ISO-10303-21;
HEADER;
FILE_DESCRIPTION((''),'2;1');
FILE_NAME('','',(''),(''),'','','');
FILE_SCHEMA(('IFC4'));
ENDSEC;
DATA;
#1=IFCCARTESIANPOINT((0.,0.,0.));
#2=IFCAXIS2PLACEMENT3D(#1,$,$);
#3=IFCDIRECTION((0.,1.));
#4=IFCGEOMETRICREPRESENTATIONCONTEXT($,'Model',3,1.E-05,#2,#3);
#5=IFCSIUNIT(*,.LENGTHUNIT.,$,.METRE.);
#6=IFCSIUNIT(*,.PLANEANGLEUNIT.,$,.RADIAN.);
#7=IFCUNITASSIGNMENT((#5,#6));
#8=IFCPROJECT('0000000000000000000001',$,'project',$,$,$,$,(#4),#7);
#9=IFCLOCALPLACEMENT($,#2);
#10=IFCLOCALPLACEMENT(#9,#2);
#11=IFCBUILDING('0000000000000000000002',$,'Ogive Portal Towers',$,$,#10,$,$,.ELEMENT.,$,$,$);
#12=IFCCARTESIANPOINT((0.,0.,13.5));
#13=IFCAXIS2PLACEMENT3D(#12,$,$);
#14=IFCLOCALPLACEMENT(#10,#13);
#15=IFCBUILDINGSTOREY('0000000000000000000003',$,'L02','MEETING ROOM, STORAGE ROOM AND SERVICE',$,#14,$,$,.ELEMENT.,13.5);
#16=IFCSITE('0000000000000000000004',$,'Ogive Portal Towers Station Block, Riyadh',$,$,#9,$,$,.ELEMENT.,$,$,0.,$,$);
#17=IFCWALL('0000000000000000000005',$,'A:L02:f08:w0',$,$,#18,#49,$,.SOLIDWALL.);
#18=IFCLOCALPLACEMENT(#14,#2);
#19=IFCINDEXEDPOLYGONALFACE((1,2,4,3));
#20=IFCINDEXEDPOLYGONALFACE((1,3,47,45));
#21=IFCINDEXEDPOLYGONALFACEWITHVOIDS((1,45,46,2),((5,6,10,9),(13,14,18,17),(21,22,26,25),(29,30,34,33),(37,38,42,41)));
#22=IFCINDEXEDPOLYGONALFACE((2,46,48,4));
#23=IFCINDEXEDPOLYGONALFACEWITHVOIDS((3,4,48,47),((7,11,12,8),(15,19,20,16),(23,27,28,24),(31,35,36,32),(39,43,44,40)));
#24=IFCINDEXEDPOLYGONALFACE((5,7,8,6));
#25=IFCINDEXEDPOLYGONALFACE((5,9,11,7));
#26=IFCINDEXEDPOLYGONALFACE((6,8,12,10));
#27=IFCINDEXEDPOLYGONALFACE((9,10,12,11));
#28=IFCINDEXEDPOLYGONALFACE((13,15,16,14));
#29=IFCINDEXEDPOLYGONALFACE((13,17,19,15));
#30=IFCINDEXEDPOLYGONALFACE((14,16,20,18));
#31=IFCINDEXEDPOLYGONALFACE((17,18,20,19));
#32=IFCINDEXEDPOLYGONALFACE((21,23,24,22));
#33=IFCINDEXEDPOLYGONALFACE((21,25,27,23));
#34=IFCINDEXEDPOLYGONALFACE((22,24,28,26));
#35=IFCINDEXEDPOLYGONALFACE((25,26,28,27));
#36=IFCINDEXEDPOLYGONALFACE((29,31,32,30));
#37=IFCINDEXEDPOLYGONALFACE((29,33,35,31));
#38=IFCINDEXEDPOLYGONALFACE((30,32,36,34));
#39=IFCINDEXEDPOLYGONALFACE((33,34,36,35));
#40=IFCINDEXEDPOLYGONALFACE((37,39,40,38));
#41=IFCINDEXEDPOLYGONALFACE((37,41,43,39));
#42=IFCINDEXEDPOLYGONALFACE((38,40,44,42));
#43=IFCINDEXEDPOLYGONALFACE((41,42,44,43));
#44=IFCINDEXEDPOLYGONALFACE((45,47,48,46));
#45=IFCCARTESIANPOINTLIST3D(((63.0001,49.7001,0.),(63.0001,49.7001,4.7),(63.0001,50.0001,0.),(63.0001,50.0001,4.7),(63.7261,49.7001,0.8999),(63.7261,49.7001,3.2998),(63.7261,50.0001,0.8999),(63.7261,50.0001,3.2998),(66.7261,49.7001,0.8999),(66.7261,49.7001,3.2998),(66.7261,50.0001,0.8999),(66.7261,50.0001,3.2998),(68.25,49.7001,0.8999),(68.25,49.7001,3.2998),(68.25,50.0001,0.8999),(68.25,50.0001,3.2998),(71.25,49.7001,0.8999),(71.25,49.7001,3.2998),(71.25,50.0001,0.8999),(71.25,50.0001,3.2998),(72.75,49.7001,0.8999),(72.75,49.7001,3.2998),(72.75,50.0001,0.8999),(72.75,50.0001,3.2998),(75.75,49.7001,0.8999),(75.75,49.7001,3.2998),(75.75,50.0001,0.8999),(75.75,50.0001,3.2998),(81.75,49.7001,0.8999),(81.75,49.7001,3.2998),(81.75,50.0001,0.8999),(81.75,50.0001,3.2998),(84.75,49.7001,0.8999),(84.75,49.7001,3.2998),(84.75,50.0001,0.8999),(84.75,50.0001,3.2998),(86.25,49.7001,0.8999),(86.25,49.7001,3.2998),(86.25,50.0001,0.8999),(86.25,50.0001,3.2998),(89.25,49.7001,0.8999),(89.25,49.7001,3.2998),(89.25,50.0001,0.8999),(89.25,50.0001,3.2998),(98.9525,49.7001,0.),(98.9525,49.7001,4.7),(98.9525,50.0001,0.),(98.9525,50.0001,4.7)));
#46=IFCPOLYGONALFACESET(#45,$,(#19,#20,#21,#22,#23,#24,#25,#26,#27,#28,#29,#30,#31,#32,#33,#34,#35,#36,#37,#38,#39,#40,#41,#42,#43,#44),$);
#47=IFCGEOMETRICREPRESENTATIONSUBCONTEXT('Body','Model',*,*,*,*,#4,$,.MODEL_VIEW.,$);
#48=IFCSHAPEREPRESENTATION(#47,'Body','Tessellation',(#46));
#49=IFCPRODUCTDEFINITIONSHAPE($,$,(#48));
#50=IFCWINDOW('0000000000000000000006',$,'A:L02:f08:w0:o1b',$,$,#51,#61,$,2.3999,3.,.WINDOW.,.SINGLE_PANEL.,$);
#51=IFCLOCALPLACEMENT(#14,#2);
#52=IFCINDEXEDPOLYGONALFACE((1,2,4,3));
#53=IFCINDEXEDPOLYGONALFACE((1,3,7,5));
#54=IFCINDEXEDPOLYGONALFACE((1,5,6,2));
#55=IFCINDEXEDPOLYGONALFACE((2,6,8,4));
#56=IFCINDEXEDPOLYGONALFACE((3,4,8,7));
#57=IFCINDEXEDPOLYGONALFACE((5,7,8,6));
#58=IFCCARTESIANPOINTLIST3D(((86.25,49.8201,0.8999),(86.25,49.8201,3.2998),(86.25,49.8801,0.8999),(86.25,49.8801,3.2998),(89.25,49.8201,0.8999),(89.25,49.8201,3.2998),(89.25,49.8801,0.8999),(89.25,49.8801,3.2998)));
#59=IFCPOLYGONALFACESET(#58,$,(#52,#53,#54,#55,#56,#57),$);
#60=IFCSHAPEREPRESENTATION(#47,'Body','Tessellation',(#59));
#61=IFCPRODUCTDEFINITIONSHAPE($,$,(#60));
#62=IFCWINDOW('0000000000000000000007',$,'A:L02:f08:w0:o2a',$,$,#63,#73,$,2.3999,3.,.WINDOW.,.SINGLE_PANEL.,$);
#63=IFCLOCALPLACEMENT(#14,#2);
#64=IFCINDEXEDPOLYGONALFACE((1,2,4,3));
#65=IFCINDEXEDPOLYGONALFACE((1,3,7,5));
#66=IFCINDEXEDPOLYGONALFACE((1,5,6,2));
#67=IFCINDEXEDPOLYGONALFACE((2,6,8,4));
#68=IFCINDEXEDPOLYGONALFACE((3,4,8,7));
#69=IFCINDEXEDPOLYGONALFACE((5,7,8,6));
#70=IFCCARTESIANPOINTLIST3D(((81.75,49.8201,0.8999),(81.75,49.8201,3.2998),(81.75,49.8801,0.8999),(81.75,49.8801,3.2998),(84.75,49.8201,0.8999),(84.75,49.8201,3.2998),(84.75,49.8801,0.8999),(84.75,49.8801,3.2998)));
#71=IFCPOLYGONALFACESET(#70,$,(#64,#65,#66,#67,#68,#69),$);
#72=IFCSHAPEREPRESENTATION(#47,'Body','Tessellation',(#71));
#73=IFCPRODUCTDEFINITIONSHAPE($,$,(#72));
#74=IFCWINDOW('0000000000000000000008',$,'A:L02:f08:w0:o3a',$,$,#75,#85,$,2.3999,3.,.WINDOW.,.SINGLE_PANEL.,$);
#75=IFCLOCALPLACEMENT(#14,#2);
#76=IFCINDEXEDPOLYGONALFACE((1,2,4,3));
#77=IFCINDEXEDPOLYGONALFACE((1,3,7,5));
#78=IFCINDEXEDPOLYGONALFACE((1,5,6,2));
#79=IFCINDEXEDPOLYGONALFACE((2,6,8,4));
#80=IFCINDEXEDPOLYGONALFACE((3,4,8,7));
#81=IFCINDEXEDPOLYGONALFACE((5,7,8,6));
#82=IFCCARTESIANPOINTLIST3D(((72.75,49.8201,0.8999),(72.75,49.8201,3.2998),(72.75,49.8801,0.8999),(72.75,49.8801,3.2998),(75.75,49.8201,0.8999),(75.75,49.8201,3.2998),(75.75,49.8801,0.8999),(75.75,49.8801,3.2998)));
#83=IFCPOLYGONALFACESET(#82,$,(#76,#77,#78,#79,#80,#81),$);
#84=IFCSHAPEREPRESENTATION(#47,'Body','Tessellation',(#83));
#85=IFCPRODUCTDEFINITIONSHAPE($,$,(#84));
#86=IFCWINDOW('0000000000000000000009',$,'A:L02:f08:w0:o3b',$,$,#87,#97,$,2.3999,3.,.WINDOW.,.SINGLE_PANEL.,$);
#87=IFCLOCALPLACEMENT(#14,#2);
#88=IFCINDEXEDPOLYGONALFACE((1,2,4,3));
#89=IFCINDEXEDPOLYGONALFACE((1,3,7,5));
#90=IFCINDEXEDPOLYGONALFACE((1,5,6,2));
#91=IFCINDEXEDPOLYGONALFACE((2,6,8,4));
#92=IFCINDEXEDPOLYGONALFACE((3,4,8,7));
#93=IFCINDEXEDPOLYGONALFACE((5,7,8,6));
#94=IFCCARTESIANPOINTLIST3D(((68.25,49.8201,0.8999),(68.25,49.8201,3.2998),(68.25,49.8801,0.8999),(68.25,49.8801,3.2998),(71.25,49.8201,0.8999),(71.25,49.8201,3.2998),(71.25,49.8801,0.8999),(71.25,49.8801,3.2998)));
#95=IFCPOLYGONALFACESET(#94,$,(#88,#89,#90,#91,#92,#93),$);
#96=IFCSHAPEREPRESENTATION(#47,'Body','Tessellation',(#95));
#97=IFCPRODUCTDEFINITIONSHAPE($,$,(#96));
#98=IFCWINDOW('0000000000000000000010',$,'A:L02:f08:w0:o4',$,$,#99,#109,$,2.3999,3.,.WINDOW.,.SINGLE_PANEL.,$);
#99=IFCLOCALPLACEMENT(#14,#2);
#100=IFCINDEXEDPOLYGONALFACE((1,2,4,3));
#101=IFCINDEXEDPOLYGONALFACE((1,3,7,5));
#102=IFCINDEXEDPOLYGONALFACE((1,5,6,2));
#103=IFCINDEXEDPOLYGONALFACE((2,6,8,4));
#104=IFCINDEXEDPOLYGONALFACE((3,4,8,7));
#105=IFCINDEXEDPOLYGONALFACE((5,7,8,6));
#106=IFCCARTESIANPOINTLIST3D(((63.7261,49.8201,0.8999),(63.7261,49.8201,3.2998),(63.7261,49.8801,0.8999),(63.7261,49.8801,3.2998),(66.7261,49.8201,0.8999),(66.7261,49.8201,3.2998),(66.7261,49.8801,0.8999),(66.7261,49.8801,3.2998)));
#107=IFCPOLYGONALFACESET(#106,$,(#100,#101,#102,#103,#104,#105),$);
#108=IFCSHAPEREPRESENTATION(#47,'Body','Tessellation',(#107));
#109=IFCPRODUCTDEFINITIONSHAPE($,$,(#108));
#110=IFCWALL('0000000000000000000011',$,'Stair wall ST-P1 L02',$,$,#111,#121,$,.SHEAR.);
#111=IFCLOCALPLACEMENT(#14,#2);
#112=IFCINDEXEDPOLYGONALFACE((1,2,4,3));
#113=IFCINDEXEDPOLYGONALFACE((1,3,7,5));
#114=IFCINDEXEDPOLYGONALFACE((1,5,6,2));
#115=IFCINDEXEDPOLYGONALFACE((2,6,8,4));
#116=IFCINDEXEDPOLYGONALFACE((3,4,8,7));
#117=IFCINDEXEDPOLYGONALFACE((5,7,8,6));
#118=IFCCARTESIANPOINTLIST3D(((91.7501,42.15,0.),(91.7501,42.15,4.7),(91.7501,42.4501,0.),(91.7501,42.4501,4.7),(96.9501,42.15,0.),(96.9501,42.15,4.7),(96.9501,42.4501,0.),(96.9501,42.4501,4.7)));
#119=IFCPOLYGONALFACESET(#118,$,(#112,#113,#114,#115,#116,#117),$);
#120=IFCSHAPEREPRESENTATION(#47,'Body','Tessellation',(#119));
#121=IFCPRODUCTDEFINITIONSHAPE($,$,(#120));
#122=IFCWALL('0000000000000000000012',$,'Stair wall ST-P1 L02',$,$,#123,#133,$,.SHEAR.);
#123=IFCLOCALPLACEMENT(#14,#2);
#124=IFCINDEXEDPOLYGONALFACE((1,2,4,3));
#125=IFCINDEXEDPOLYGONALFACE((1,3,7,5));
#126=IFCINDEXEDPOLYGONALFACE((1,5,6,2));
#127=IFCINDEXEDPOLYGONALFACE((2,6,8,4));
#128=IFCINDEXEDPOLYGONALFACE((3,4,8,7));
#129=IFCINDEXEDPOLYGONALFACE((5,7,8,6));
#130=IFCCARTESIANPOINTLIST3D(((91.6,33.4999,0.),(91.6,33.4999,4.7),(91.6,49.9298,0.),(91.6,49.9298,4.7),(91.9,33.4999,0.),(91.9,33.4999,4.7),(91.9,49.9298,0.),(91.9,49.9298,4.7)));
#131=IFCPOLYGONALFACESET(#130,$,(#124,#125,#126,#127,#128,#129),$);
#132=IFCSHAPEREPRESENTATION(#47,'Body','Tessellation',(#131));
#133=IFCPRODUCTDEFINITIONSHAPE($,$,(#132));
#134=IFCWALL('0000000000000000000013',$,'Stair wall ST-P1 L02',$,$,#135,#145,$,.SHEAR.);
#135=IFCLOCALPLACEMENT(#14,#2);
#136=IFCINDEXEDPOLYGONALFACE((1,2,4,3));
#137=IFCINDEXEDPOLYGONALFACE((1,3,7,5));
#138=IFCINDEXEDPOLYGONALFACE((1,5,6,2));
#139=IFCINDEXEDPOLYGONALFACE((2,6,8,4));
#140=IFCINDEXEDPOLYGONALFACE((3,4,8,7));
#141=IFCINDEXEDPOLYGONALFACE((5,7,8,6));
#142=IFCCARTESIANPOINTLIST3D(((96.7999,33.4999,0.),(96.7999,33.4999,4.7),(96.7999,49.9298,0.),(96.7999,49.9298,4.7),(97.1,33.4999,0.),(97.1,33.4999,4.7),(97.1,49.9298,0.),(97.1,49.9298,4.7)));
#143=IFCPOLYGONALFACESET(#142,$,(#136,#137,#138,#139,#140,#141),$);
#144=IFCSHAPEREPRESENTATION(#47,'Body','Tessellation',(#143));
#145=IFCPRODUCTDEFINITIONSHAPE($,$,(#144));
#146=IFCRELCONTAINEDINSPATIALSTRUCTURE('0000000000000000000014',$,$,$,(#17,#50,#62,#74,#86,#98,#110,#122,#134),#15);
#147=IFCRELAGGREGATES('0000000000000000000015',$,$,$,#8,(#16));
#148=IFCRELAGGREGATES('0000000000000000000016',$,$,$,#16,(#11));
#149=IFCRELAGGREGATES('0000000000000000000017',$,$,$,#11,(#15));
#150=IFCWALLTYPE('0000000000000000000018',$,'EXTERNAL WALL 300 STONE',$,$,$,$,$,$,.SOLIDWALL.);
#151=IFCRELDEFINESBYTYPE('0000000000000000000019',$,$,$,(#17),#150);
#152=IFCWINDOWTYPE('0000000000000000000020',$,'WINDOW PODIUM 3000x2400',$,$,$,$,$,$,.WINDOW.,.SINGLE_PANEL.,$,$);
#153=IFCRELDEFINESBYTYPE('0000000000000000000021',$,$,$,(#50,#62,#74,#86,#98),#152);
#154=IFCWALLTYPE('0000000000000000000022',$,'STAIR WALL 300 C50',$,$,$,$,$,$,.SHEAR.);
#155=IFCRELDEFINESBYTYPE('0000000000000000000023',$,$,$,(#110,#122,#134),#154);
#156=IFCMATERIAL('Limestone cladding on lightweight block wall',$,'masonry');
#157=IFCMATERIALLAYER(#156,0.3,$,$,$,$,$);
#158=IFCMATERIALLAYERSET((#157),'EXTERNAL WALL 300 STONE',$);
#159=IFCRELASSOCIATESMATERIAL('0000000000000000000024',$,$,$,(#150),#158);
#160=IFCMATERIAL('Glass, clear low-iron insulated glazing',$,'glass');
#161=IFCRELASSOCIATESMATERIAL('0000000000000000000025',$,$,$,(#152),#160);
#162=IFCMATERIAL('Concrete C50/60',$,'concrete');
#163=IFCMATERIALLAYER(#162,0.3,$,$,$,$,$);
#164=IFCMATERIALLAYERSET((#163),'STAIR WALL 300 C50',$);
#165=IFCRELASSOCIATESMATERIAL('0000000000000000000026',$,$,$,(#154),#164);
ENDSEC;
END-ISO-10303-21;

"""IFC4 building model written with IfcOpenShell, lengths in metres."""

from ifc_helpers import new_model, si_unit, direction, frame, frame_2d, origin, place, context, subcontext, project, spatial, rectangle, extrude, material, layer, layer_set, type_object, element, fill, save


model = new_model("IFC4")

# Units and contexts
model_context = context("Model", 3, precision=1e-05, world=origin(), true_north=direction((0.0, 1.0)))
body_context = subcontext(model_context, "Body", "Model", "MODEL_VIEW")
ifc_project = project(units=[si_unit("LENGTHUNIT", "METRE"), si_unit("PLANEANGLEUNIT", "RADIAN")], contexts=[model_context])

# Site, building, storey
site_placement = place(None, origin())
site = spatial("IfcSite", under=ifc_project, at=site_placement, Name="Ogive Portal Towers Station Block, Riyadh", CompositionType="ELEMENT", RefElevation=0.0)
building_placement = place(site_placement, origin())
building = spatial("IfcBuilding", under=site, at=building_placement, Name="Ogive Portal Towers", CompositionType="ELEMENT")
storey_placement = place(building_placement, frame((0.0, 0.0, 13.5)))
storey = spatial("IfcBuildingStorey", under=building, at=storey_placement, Name="L02", Description="MEETING ROOM, STORAGE ROOM AND SERVICE", CompositionType="ELEMENT", Elevation=13.5)

# Shared definitions
ifc_material_1 = material(Name="Concrete C50/60", Category="concrete")

# Wall, openings, windows
ifc_material_2 = material(Name="Limestone cladding on lightweight block wall", Category="masonry")
ifc_layer_1 = layer(ifc_material_2, 0.3)
ifc_layer_set_1 = layer_set([ifc_layer_1], Name="EXTERNAL WALL 300 STONE")
wall_type_1 = type_object("IfcWallType", Name="EXTERNAL WALL 300 STONE", PredefinedType="SOLIDWALL", material=ifc_layer_set_1)
wall_1_placement = place(storey_placement, frame((98.9524, 49.8501, 0.0), z_axis=(0.0, 0.0, 1.0), x_axis=(-1.0, 0.0, 0.0)))
wall_1 = element("IfcWall", 1, at=wall_1_placement, inside=storey, type_object=wall_type_1, Name="A:L02:f08:w0", PredefinedType="SOLIDWALL", context=body_context, shape_type="SweptSolid", body=[
    extrude(rectangle(XDim=35.9524, YDim=0.3, at=frame_2d((17.9761, 0.0))), origin(), (0.0, 0.0, 1.0), 4.7),
])
opening_1_placement = place(wall_1_placement, frame((9.7024, 0.0, 0.8999)))
opening_1 = element("IfcOpeningElement", 2, at=opening_1_placement, cuts=wall_1, PredefinedType="OPENING", context=body_context, shape_type="SweptSolid", body=[
    extrude(rectangle(XDim=3.0, YDim=2.3999, at=frame_2d((1.5, 1.2))), frame((0.0, 0.1602, 0.0), z_axis=(0.0, -1.0, 0.0), x_axis=(1.0, 0.0, 0.0)), (0.0, 0.0, 1.0), 0.3201),
])
opening_2_placement = place(wall_1_placement, frame((14.2024, 0.0, 0.8999)))
opening_2 = element("IfcOpeningElement", 3, at=opening_2_placement, cuts=wall_1, PredefinedType="OPENING", context=body_context, shape_type="SweptSolid", body=[
    extrude(rectangle(XDim=3.0, YDim=2.3999, at=frame_2d((1.5, 1.2))), frame((0.0, 0.1602, 0.0), z_axis=(0.0, -1.0, 0.0), x_axis=(1.0, 0.0, 0.0)), (0.0, 0.0, 1.0), 0.3201),
])
opening_3_placement = place(wall_1_placement, frame((23.2024, 0.0, 0.8999)))
opening_3 = element("IfcOpeningElement", 4, at=opening_3_placement, cuts=wall_1, PredefinedType="OPENING", context=body_context, shape_type="SweptSolid", body=[
    extrude(rectangle(XDim=3.0, YDim=2.3999, at=frame_2d((1.5, 1.2))), frame((0.0, 0.1602, 0.0), z_axis=(0.0, -1.0, 0.0), x_axis=(1.0, 0.0, 0.0)), (0.0, 0.0, 1.0), 0.3201),
])
opening_4_placement = place(wall_1_placement, frame((27.7024, 0.0, 0.8999)))
opening_4 = element("IfcOpeningElement", 5, at=opening_4_placement, cuts=wall_1, PredefinedType="OPENING", context=body_context, shape_type="SweptSolid", body=[
    extrude(rectangle(XDim=3.0, YDim=2.3999, at=frame_2d((1.5, 1.2))), frame((0.0, 0.1602, 0.0), z_axis=(0.0, -1.0, 0.0), x_axis=(1.0, 0.0, 0.0)), (0.0, 0.0, 1.0), 0.3201),
])
opening_5_placement = place(wall_1_placement, frame((32.2263, 0.0, 0.8999)))
opening_5 = element("IfcOpeningElement", 6, at=opening_5_placement, cuts=wall_1, PredefinedType="OPENING", context=body_context, shape_type="SweptSolid", body=[
    extrude(rectangle(XDim=3.0, YDim=2.3999, at=frame_2d((1.5, 1.2))), frame((0.0, 0.1602, 0.0), z_axis=(0.0, -1.0, 0.0), x_axis=(1.0, 0.0, 0.0)), (0.0, 0.0, 1.0), 0.3201),
])
ifc_material_3 = material(Name="Glass, clear low-iron insulated glazing", Category="glass")
window_type = type_object("IfcWindowType", Name="WINDOW PODIUM 3000x2400", PartitioningType="SINGLE_PANEL", PredefinedType="WINDOW", material=ifc_material_3)
window_1_placement = place(opening_1_placement, origin())
window_1 = element("IfcWindow", 7, at=window_1_placement, inside=storey, type_object=window_type, Name="A:L02:f08:w0:o1b", OverallHeight=2.3999, OverallWidth=3.0, PartitioningType="SINGLE_PANEL", PredefinedType="WINDOW", context=body_context, shape_type="SweptSolid", body=[
    extrude(rectangle(XDim=3.0, YDim=2.3999, at=frame_2d((1.5, 1.2))), frame((0.0, 0.03, 0.0), z_axis=(0.0, -1.0, 0.0), x_axis=(1.0, 0.0, 0.0)), (0.0, 0.0, 1.0), 0.0601),
])
fill(opening_1, window_1)
window_2_placement = place(opening_2_placement, origin())
window_2 = element("IfcWindow", 8, at=window_2_placement, inside=storey, type_object=window_type, Name="A:L02:f08:w0:o2a", OverallHeight=2.3999, OverallWidth=3.0, PartitioningType="SINGLE_PANEL", PredefinedType="WINDOW", context=body_context, shape_type="SweptSolid", body=[
    extrude(rectangle(XDim=3.0, YDim=2.3999, at=frame_2d((1.5, 1.2))), frame((0.0, 0.03, 0.0), z_axis=(0.0, -1.0, 0.0), x_axis=(1.0, 0.0, 0.0)), (0.0, 0.0, 1.0), 0.0601),
])
fill(opening_2, window_2)
window_3_placement = place(opening_3_placement, origin())
window_3 = element("IfcWindow", 9, at=window_3_placement, inside=storey, type_object=window_type, Name="A:L02:f08:w0:o3a", OverallHeight=2.3999, OverallWidth=3.0, PartitioningType="SINGLE_PANEL", PredefinedType="WINDOW", context=body_context, shape_type="SweptSolid", body=[
    extrude(rectangle(XDim=3.0, YDim=2.3999, at=frame_2d((1.5, 1.2))), frame((0.0, 0.03, 0.0), z_axis=(0.0, -1.0, 0.0), x_axis=(1.0, 0.0, 0.0)), (0.0, 0.0, 1.0), 0.0601),
])
fill(opening_3, window_3)
window_4_placement = place(opening_4_placement, origin())
window_4 = element("IfcWindow", 10, at=window_4_placement, inside=storey, type_object=window_type, Name="A:L02:f08:w0:o3b", OverallHeight=2.3999, OverallWidth=3.0, PartitioningType="SINGLE_PANEL", PredefinedType="WINDOW", context=body_context, shape_type="SweptSolid", body=[
    extrude(rectangle(XDim=3.0, YDim=2.3999, at=frame_2d((1.5, 1.2))), frame((0.0, 0.03, 0.0), z_axis=(0.0, -1.0, 0.0), x_axis=(1.0, 0.0, 0.0)), (0.0, 0.0, 1.0), 0.0601),
])
fill(opening_4, window_4)
window_5_placement = place(opening_5_placement, origin())
window_5 = element("IfcWindow", 11, at=window_5_placement, inside=storey, type_object=window_type, Name="A:L02:f08:w0:o4", OverallHeight=2.3999, OverallWidth=3.0, PartitioningType="SINGLE_PANEL", PredefinedType="WINDOW", context=body_context, shape_type="SweptSolid", body=[
    extrude(rectangle(XDim=3.0, YDim=2.3999, at=frame_2d((1.5, 1.2))), frame((0.0, 0.03, 0.0), z_axis=(0.0, -1.0, 0.0), x_axis=(1.0, 0.0, 0.0)), (0.0, 0.0, 1.0), 0.0601),
])
fill(opening_5, window_5)

# Walls
ifc_layer_2 = layer(ifc_material_1, 0.3)
ifc_layer_set_2 = layer_set([ifc_layer_2], Name="STAIR WALL 300 C50")
wall_type_2 = type_object("IfcWallType", Name="STAIR WALL 300 C50", PredefinedType="SHEAR", material=ifc_layer_set_2)
wall_2_placement = place(storey_placement, frame((91.75, 42.3, 0.0), z_axis=(0.0, 0.0, 1.0), x_axis=(1.0, 0.0, 0.0)))
element("IfcWall", 12, at=wall_2_placement, inside=storey, type_object=wall_type_2, Name="Stair wall ST-P1 L02", PredefinedType="SHEAR", context=body_context, shape_type="SweptSolid", body=[
    extrude(rectangle(XDim=5.2, YDim=0.3, at=frame_2d((2.6001, 0.0))), origin(), (0.0, 0.0, 1.0), 4.7),
])
for number, where, z_axis, x_axis, name in (
    (13, (91.75, 33.5, 0.0), (0.0, 0.0, 1.0), (0.0, 1.0, 0.0), "Stair wall ST-P1 L02"),
    (14, (96.95, 33.5, 0.0), (0.0, 0.0, 1.0), (0.0, 1.0, 0.0), "Stair wall ST-P1 L02"),
):
    element("IfcWall", number, at=place(storey_placement, frame(where, z_axis=z_axis, x_axis=x_axis)), inside=storey, type_object=wall_type_2, Name=name, PredefinedType="SHEAR", context=body_context, shape_type="SweptSolid", body=[
        extrude(rectangle(XDim=16.4299, YDim=0.3, at=frame_2d((8.2148, 0.0))), origin(), (0.0, 0.0, 1.0), 4.7),
    ])

save(model, "model.ifc")
